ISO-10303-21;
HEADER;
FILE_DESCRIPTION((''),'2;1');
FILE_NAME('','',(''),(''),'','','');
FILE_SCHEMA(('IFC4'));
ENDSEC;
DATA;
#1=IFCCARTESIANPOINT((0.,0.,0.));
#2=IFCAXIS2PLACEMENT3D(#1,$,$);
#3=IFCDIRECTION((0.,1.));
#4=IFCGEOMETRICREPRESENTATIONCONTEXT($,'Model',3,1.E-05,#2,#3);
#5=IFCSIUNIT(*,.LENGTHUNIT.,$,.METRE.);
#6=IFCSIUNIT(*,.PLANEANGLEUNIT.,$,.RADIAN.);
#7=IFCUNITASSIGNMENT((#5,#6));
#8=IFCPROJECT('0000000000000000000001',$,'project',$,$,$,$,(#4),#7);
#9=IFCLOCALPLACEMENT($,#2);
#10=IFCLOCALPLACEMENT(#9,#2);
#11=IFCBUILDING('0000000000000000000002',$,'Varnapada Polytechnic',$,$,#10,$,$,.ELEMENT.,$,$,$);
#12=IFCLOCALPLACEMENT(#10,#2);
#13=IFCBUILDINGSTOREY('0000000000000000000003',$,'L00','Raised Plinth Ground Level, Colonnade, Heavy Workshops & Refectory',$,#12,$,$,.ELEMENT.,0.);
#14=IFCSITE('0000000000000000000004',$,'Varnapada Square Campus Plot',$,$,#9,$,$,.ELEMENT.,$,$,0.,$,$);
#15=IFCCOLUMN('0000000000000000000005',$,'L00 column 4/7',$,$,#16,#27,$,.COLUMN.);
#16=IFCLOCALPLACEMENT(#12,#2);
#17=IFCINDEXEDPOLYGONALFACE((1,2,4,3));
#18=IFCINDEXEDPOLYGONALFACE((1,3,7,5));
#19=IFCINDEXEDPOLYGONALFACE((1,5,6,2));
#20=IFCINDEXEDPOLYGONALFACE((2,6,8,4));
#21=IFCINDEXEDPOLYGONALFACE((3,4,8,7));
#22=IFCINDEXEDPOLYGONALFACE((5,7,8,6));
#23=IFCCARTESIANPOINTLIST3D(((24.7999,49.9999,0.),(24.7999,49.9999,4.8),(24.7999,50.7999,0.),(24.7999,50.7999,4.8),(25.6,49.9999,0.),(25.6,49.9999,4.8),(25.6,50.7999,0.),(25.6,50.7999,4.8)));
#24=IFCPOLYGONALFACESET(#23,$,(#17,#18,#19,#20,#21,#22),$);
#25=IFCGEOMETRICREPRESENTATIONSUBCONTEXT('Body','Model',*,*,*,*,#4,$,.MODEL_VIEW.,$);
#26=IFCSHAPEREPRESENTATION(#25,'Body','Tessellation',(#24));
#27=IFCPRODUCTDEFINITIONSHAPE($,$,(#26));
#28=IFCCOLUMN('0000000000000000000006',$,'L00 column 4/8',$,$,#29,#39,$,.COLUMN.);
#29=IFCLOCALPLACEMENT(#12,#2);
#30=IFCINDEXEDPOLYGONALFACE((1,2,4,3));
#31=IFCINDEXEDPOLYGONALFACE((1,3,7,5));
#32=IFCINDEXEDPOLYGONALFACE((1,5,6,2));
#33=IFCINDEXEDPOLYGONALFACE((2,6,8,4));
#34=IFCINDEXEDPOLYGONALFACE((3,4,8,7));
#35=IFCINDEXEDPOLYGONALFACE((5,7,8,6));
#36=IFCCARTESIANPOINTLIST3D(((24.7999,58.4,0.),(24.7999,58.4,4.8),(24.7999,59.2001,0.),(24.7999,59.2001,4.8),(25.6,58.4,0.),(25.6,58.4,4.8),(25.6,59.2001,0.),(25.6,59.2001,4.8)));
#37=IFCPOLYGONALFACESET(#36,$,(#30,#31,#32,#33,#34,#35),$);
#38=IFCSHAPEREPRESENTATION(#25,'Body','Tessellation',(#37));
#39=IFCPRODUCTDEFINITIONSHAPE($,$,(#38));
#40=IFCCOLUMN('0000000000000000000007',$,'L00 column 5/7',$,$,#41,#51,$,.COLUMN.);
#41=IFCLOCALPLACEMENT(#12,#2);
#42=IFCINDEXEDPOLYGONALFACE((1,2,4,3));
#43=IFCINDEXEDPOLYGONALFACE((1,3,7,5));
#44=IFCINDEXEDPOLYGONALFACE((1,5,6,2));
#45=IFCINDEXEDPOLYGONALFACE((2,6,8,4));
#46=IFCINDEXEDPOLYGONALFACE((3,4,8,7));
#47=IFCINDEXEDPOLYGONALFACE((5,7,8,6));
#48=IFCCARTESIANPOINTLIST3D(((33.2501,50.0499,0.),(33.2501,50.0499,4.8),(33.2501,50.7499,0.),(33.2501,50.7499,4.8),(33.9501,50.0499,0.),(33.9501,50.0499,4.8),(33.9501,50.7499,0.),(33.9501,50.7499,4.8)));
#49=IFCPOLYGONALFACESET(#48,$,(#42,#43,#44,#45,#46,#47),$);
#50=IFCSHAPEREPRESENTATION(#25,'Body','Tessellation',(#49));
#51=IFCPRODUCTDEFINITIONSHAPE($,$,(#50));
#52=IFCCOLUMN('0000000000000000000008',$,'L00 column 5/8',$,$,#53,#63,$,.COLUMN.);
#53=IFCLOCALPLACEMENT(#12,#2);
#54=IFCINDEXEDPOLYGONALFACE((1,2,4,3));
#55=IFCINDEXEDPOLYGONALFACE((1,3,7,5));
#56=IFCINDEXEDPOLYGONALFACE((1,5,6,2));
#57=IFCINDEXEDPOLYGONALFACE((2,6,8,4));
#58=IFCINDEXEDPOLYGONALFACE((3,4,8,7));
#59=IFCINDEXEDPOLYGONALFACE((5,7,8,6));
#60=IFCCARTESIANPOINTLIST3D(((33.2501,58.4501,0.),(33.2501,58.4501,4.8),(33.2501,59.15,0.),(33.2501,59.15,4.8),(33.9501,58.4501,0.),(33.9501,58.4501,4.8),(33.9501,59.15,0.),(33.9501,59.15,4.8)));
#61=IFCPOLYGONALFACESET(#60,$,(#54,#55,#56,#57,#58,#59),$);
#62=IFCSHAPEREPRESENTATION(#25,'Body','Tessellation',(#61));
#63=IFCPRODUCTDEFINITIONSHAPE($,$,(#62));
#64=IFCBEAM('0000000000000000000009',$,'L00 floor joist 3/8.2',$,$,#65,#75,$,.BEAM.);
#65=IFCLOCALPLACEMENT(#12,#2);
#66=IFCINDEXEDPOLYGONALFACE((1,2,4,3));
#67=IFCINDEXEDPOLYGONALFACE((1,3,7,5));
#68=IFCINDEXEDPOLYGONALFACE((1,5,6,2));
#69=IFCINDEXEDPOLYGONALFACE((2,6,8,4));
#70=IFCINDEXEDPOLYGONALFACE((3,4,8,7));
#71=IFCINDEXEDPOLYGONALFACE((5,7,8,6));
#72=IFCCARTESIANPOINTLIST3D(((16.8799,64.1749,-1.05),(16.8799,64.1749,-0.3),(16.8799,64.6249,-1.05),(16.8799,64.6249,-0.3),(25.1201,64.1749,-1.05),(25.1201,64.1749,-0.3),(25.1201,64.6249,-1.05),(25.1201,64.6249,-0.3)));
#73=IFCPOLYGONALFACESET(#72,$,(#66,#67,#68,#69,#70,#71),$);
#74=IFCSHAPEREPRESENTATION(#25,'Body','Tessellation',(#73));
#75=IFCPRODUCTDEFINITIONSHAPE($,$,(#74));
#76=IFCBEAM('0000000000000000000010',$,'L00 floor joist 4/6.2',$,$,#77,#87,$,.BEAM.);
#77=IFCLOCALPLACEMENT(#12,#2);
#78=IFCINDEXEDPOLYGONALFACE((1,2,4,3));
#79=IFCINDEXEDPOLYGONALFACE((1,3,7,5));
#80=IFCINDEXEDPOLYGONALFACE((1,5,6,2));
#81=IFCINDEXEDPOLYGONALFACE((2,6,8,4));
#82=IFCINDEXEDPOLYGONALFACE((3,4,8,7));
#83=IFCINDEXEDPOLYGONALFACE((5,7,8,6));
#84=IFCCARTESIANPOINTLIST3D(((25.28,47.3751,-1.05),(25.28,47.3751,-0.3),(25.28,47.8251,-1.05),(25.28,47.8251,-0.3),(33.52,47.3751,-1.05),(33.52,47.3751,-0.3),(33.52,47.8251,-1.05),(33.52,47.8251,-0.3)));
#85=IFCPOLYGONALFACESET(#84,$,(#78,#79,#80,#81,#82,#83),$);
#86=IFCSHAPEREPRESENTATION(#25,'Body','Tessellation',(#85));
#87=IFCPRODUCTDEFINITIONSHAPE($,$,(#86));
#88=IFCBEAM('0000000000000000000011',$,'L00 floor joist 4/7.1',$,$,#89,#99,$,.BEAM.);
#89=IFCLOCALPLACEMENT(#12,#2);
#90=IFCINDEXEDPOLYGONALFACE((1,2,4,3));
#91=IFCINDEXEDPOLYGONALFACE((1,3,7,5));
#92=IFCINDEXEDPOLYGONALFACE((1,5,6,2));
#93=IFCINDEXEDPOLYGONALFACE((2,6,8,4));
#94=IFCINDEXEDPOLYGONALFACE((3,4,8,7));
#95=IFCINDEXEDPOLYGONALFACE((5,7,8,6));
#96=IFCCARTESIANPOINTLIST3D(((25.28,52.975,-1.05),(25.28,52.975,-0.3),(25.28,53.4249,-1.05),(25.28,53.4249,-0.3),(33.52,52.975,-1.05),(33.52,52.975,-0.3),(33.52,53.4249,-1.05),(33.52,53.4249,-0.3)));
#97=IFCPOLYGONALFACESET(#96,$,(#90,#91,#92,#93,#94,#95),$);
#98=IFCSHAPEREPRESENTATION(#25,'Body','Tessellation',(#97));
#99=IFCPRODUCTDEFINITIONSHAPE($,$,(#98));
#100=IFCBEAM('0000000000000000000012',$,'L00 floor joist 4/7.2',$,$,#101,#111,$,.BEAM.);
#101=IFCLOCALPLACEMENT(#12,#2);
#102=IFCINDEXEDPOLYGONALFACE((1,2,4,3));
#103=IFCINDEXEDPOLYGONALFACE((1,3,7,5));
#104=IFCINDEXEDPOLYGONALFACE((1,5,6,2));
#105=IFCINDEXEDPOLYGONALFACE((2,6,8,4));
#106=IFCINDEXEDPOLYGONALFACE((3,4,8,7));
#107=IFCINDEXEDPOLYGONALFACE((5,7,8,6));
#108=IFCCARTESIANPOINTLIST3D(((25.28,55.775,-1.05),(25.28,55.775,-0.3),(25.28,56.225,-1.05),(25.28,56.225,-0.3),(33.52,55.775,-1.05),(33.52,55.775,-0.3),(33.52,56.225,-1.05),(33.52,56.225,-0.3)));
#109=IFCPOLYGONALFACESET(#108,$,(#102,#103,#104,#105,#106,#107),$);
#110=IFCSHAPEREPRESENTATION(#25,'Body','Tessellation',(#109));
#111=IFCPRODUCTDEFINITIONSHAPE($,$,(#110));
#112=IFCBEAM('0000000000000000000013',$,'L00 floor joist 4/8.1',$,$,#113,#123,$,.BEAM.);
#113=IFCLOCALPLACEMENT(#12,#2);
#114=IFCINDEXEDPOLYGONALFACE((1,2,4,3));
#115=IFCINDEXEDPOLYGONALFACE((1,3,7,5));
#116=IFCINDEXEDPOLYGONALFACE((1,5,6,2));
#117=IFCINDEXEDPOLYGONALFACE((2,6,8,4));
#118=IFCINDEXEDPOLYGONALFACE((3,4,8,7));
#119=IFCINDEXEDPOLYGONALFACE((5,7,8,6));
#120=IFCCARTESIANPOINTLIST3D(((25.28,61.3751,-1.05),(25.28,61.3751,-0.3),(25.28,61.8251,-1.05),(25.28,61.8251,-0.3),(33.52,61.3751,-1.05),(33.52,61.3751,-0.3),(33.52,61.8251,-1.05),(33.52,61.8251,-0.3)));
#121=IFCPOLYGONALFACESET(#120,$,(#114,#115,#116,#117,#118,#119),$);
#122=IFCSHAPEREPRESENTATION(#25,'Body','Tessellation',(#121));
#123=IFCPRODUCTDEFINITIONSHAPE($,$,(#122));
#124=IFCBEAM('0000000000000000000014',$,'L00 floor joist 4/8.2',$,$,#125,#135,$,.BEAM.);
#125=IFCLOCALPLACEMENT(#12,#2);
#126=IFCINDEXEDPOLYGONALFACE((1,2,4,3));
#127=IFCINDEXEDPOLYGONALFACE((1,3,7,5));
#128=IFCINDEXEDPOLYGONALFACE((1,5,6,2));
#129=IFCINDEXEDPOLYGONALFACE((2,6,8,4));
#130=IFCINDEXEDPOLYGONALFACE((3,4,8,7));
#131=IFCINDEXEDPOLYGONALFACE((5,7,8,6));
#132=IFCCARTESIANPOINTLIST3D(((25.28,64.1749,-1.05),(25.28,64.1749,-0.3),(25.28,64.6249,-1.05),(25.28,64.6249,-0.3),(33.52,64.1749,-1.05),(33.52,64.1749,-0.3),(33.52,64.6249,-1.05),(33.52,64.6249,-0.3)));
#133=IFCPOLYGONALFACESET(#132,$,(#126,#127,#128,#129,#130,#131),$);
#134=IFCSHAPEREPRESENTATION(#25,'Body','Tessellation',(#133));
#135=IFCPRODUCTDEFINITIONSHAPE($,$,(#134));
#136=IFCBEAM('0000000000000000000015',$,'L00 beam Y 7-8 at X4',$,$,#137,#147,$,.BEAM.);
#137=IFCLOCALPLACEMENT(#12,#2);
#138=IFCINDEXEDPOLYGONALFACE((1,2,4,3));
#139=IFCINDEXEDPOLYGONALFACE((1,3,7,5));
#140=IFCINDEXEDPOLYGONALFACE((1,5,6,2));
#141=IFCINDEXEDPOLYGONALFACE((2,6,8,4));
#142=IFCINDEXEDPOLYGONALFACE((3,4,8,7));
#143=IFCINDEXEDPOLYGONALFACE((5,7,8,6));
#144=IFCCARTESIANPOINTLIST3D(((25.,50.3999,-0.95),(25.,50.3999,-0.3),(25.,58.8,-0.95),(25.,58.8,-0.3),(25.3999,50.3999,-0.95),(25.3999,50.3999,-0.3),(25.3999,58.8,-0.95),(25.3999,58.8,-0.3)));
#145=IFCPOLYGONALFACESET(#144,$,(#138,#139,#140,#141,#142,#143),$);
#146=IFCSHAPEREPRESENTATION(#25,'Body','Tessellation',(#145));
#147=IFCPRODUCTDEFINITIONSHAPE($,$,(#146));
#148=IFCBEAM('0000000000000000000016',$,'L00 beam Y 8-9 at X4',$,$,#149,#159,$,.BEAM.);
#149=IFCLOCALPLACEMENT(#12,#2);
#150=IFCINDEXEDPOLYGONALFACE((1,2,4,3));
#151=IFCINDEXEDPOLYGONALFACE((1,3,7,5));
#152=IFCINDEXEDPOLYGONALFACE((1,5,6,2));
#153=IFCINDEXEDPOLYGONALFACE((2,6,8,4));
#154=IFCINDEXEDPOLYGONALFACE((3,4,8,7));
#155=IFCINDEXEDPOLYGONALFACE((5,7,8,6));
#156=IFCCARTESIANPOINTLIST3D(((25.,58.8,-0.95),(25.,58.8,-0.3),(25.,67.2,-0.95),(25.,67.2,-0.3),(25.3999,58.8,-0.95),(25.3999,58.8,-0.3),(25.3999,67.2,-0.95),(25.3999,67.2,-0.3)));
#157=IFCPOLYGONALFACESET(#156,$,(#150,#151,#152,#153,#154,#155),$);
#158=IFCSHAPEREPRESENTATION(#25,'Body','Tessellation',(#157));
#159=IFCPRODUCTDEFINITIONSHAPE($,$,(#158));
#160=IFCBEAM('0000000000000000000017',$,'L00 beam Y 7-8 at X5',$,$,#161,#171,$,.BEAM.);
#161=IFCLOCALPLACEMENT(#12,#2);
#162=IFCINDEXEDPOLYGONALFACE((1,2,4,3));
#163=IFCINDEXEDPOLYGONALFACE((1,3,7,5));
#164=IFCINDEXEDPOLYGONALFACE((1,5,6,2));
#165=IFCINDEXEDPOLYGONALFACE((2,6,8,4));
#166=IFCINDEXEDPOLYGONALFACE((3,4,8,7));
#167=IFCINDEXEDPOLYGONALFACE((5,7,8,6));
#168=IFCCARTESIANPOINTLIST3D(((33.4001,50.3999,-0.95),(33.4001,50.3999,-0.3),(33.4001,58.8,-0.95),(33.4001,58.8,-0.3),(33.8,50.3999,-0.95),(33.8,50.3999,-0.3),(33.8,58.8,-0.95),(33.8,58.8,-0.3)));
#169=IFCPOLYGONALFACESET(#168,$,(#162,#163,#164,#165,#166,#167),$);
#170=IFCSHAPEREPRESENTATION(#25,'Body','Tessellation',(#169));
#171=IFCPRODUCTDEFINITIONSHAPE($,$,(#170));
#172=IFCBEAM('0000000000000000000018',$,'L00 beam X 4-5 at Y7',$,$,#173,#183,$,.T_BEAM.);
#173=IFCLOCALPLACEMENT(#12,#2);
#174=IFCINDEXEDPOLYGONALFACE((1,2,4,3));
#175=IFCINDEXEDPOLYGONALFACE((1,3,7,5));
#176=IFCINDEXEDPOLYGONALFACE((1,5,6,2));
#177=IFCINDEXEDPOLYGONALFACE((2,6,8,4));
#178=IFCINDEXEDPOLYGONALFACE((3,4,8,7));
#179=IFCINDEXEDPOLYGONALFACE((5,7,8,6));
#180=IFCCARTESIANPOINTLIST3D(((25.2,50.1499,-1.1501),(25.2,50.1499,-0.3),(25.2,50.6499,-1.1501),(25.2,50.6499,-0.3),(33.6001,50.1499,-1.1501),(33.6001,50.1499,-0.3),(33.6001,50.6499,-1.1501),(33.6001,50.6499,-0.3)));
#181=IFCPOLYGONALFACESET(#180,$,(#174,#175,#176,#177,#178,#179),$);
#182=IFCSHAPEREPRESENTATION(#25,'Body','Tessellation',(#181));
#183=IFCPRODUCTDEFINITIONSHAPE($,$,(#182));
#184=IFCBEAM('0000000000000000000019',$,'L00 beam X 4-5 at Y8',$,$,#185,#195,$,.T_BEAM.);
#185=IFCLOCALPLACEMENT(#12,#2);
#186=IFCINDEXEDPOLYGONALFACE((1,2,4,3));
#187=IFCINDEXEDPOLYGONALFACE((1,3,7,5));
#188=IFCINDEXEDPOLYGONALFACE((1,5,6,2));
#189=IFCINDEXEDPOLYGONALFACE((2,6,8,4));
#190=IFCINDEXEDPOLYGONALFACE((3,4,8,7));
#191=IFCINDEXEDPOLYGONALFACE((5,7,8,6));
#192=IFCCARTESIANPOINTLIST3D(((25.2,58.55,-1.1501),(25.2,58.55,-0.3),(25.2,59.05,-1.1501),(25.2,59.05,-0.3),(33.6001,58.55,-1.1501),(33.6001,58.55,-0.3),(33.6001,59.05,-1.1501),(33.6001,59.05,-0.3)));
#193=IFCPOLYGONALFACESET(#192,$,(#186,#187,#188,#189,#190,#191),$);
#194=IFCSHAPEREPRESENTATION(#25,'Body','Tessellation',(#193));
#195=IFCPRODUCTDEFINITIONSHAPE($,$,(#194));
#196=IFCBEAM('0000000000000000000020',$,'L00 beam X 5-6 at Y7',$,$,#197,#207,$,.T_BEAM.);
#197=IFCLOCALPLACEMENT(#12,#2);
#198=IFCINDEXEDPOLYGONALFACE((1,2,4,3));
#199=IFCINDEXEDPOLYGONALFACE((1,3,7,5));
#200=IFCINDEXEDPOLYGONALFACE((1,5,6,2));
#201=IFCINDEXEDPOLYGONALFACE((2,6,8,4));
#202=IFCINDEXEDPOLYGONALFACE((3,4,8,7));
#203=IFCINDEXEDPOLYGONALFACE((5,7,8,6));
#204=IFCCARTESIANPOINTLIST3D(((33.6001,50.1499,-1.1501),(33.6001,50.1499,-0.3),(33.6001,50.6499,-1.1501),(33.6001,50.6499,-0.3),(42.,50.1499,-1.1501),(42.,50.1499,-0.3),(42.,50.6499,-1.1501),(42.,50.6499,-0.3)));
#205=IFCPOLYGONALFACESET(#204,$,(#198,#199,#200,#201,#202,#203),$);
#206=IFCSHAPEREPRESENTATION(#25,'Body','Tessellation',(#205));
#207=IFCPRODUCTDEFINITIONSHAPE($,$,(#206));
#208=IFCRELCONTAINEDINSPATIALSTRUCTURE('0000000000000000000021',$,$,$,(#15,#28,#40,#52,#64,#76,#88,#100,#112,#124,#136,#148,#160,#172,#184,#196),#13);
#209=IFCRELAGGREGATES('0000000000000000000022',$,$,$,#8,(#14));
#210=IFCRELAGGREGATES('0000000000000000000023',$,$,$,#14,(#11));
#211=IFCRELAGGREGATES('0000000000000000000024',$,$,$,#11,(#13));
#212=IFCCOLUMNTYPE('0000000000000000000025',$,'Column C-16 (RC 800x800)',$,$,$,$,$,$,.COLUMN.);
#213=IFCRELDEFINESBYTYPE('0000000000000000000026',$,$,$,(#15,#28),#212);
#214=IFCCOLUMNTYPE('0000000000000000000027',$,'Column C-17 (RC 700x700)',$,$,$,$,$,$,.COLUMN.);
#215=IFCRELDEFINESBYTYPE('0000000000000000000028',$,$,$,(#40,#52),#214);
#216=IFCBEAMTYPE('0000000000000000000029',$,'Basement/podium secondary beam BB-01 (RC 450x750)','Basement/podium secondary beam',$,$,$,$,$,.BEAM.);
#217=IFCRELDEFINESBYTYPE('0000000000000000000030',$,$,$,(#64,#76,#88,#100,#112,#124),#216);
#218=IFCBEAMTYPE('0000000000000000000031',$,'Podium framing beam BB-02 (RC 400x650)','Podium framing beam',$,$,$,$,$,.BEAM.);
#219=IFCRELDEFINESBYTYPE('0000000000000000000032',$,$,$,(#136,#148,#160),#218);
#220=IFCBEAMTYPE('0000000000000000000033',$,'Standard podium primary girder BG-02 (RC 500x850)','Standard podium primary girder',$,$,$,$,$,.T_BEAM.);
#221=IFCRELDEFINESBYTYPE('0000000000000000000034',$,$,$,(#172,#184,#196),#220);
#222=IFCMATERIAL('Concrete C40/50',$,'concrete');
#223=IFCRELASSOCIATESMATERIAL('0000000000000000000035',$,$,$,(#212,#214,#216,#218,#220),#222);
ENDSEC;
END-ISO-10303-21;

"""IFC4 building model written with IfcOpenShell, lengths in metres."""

from ifc_helpers import new_model, si_unit, direction, frame, origin, origin_2d, place, context, subcontext, project, spatial, rectangle, extrude, material, material_profile, profile_set, type_object, element, save


model = new_model("IFC4")

# Units and contexts
model_context = context("Model", 3, precision=1e-05, world=origin(), true_north=direction((0.0, 1.0)))
body_context = subcontext(model_context, "Body", "Model", "MODEL_VIEW")
ifc_project = project(units=[si_unit("LENGTHUNIT", "METRE"), si_unit("PLANEANGLEUNIT", "RADIAN")], contexts=[model_context])

# Site, building, storey
site_placement = place(None, origin())
site = spatial("IfcSite", under=ifc_project, at=site_placement, Name="Varnapada Square Campus Plot", CompositionType="ELEMENT", RefElevation=0.0)
building_placement = place(site_placement, origin())
building = spatial("IfcBuilding", under=site, at=building_placement, Name="Varnapada Polytechnic", CompositionType="ELEMENT")
storey_placement = place(building_placement, origin())
storey = spatial("IfcBuildingStorey", under=building, at=storey_placement, Name="L00", Description="Raised Plinth Ground Level, Colonnade, Heavy Workshops & Refectory", CompositionType="ELEMENT", Elevation=0.0)

# Columns
ifc_material_1 = material(Name="Concrete C40/50", Category="concrete")
ifc_material_profile_1 = material_profile(ifc_material_1, rectangle(XDim=0.8, YDim=0.8, at=origin_2d()), Name="RC 800x800")
ifc_profile_set_1 = profile_set([ifc_material_profile_1], Name="Concrete C40/50")
column_type_1 = type_object("IfcColumnType", Name="Column C-16 (RC 800x800)", PredefinedType="COLUMN", material=ifc_profile_set_1)
for number, where, z_axis, x_axis, name in (
    (1, (25.2, 50.3999, 0.0), (0.0, 0.0, 1.0), (1.0, 0.0, 0.0), "L00 column 4/7"),
    (2, (25.2, 58.8, 0.0), (0.0, 0.0, 1.0), (1.0, 0.0, 0.0), "L00 column 4/8"),
):
    element("IfcColumn", number, at=place(storey_placement, frame(where, z_axis=z_axis, x_axis=x_axis)), inside=storey, type_object=column_type_1, Name=name, PredefinedType="COLUMN", context=body_context, shape_type="SweptSolid", body=[
        extrude(rectangle(XDim=0.8, YDim=0.8, at=origin_2d()), origin(), (0.0, 0.0, 1.0), 4.8),
    ])
ifc_material_profile_2 = material_profile(ifc_material_1, rectangle(XDim=0.7, YDim=0.7, at=origin_2d()), Name="RC 700x700")
ifc_profile_set_2 = profile_set([ifc_material_profile_2], Name="Concrete C40/50")
column_type_2 = type_object("IfcColumnType", Name="Column C-17 (RC 700x700)", PredefinedType="COLUMN", material=ifc_profile_set_2)
for number, where, z_axis, x_axis, name in (
    (3, (33.6001, 50.3999, 0.0), (0.0, 0.0, 1.0), (1.0, 0.0, 0.0), "L00 column 5/7"),
    (4, (33.6001, 58.8, 0.0), (0.0, 0.0, 1.0), (1.0, 0.0, 0.0), "L00 column 5/8"),
):
    element("IfcColumn", number, at=place(storey_placement, frame(where, z_axis=z_axis, x_axis=x_axis)), inside=storey, type_object=column_type_2, Name=name, PredefinedType="COLUMN", context=body_context, shape_type="SweptSolid", body=[
        extrude(rectangle(XDim=0.7, YDim=0.7, at=origin_2d()), origin(), (0.0, 0.0, 1.0), 4.8),
    ])

# Beams
ifc_material_profile_3 = material_profile(ifc_material_1, rectangle(XDim=0.45, YDim=0.75, at=origin_2d()), Name="RC 450x750")
ifc_profile_set_3 = profile_set([ifc_material_profile_3], Name="Concrete C40/50")
beam_type_1 = type_object("IfcBeamType", Name="Basement/podium secondary beam BB-01 (RC 450x750)", Description="Basement/podium secondary beam", PredefinedType="BEAM", material=ifc_profile_set_3)
beam_1_placement = place(storey_placement, frame((16.8799, 64.3999, -0.675), z_axis=(1.0, 0.0, 0.0), x_axis=(0.0, 1.0, 0.0)))
element("IfcBeam", 5, at=beam_1_placement, inside=storey, type_object=beam_type_1, Name="L00 floor joist 3/8.2", PredefinedType="BEAM", context=body_context, shape_type="SweptSolid", body=[
    extrude(rectangle(XDim=0.45, YDim=0.75, at=origin_2d()), origin(), (0.0, 0.0, 1.0), 8.2402),
])
for number, where, z_axis, x_axis, name in (
    (6, (25.28, 47.6001, -0.675), (1.0, 0.0, 0.0), (0.0, 1.0, 0.0), "L00 floor joist 4/6.2"),
    (7, (25.28, 53.2, -0.675), (1.0, 0.0, 0.0), (0.0, 1.0, 0.0), "L00 floor joist 4/7.1"),
    (8, (25.28, 56.0, -0.675), (1.0, 0.0, 0.0), (0.0, 1.0, 0.0), "L00 floor joist 4/7.2"),
    (9, (25.28, 61.6001, -0.675), (1.0, 0.0, 0.0), (0.0, 1.0, 0.0), "L00 floor joist 4/8.1"),
    (10, (25.28, 64.3999, -0.675), (1.0, 0.0, 0.0), (0.0, 1.0, 0.0), "L00 floor joist 4/8.2"),
):
    element("IfcBeam", number, at=place(storey_placement, frame(where, z_axis=z_axis, x_axis=x_axis)), inside=storey, type_object=beam_type_1, Name=name, PredefinedType="BEAM", context=body_context, shape_type="SweptSolid", body=[
        extrude(rectangle(XDim=0.45, YDim=0.75, at=origin_2d()), origin(), (0.0, 0.0, 1.0), 8.24),
    ])
ifc_material_profile_4 = material_profile(ifc_material_1, rectangle(XDim=0.3999, YDim=0.6499, at=origin_2d()), Name="RC 400x650")
ifc_profile_set_4 = profile_set([ifc_material_profile_4], Name="Concrete C40/50")
beam_type_2 = type_object("IfcBeamType", Name="Podium framing beam BB-02 (RC 400x650)", Description="Podium framing beam", PredefinedType="BEAM", material=ifc_profile_set_4)
beam_2_placement = place(storey_placement, frame((25.2, 50.3999, -0.625), z_axis=(0.0, 1.0, 0.0), x_axis=(-1.0, 0.0, 0.0)))
element("IfcBeam", 11, at=beam_2_placement, inside=storey, type_object=beam_type_2, Name="L00 beam Y 7-8 at X4", PredefinedType="BEAM", context=body_context, shape_type="SweptSolid", body=[
    extrude(rectangle(XDim=0.3999, YDim=0.6499, at=origin_2d()), origin(), (0.0, 0.0, 1.0), 8.4001),
])
beam_3_placement = place(storey_placement, frame((25.2, 58.8, -0.625), z_axis=(0.0, 1.0, 0.0), x_axis=(-1.0, 0.0, 0.0)))
element("IfcBeam", 12, at=beam_3_placement, inside=storey, type_object=beam_type_2, Name="L00 beam Y 8-9 at X4", PredefinedType="BEAM", context=body_context, shape_type="SweptSolid", body=[
    extrude(rectangle(XDim=0.3999, YDim=0.6499, at=origin_2d()), origin(), (0.0, 0.0, 1.0), 8.3999),
])
beam_4_placement = place(storey_placement, frame((33.6001, 50.3999, -0.625), z_axis=(0.0, 1.0, 0.0), x_axis=(-1.0, 0.0, 0.0)))
element("IfcBeam", 13, at=beam_4_placement, inside=storey, type_object=beam_type_2, Name="L00 beam Y 7-8 at X5", PredefinedType="BEAM", context=body_context, shape_type="SweptSolid", body=[
    extrude(rectangle(XDim=0.3999, YDim=0.6499, at=origin_2d()), origin(), (0.0, 0.0, 1.0), 8.4001),
])
ifc_material_profile_5 = material_profile(ifc_material_1, rectangle(XDim=0.5, YDim=0.8501, at=origin_2d()), Name="RC 500x850")
ifc_profile_set_5 = profile_set([ifc_material_profile_5], Name="Concrete C40/50")
beam_type_3 = type_object("IfcBeamType", Name="Standard podium primary girder BG-02 (RC 500x850)", Description="Standard podium primary girder", PredefinedType="T_BEAM", material=ifc_profile_set_5)
for number, where, z_axis, x_axis, name in (
    (14, (25.2, 50.3999, -0.7251), (1.0, 0.0, 0.0), (0.0, 1.0, 0.0), "L00 beam X 4-5 at Y7"),
    (15, (25.2, 58.8, -0.7251), (1.0, 0.0, 0.0), (0.0, 1.0, 0.0), "L00 beam X 4-5 at Y8"),
):
    element("IfcBeam", number, at=place(storey_placement, frame(where, z_axis=z_axis, x_axis=x_axis)), inside=storey, type_object=beam_type_3, Name=name, PredefinedType="T_BEAM", context=body_context, shape_type="SweptSolid", body=[
        extrude(rectangle(XDim=0.5, YDim=0.8501, at=origin_2d()), origin(), (0.0, 0.0, 1.0), 8.4001),
    ])
for number, where, z_axis, x_axis, name in (
    (16, (33.6001, 50.3999, -0.7251), (1.0, 0.0, 0.0), (0.0, 1.0, 0.0), "L00 beam X 5-6 at Y7"),
):
    element("IfcBeam", number, at=place(storey_placement, frame(where, z_axis=z_axis, x_axis=x_axis)), inside=storey, type_object=beam_type_3, Name=name, PredefinedType="T_BEAM", context=body_context, shape_type="SweptSolid", body=[
        extrude(rectangle(XDim=0.5, YDim=0.8501, at=origin_2d()), origin(), (0.0, 0.0, 1.0), 8.3999),
    ])

save(model, "model.ifc")
